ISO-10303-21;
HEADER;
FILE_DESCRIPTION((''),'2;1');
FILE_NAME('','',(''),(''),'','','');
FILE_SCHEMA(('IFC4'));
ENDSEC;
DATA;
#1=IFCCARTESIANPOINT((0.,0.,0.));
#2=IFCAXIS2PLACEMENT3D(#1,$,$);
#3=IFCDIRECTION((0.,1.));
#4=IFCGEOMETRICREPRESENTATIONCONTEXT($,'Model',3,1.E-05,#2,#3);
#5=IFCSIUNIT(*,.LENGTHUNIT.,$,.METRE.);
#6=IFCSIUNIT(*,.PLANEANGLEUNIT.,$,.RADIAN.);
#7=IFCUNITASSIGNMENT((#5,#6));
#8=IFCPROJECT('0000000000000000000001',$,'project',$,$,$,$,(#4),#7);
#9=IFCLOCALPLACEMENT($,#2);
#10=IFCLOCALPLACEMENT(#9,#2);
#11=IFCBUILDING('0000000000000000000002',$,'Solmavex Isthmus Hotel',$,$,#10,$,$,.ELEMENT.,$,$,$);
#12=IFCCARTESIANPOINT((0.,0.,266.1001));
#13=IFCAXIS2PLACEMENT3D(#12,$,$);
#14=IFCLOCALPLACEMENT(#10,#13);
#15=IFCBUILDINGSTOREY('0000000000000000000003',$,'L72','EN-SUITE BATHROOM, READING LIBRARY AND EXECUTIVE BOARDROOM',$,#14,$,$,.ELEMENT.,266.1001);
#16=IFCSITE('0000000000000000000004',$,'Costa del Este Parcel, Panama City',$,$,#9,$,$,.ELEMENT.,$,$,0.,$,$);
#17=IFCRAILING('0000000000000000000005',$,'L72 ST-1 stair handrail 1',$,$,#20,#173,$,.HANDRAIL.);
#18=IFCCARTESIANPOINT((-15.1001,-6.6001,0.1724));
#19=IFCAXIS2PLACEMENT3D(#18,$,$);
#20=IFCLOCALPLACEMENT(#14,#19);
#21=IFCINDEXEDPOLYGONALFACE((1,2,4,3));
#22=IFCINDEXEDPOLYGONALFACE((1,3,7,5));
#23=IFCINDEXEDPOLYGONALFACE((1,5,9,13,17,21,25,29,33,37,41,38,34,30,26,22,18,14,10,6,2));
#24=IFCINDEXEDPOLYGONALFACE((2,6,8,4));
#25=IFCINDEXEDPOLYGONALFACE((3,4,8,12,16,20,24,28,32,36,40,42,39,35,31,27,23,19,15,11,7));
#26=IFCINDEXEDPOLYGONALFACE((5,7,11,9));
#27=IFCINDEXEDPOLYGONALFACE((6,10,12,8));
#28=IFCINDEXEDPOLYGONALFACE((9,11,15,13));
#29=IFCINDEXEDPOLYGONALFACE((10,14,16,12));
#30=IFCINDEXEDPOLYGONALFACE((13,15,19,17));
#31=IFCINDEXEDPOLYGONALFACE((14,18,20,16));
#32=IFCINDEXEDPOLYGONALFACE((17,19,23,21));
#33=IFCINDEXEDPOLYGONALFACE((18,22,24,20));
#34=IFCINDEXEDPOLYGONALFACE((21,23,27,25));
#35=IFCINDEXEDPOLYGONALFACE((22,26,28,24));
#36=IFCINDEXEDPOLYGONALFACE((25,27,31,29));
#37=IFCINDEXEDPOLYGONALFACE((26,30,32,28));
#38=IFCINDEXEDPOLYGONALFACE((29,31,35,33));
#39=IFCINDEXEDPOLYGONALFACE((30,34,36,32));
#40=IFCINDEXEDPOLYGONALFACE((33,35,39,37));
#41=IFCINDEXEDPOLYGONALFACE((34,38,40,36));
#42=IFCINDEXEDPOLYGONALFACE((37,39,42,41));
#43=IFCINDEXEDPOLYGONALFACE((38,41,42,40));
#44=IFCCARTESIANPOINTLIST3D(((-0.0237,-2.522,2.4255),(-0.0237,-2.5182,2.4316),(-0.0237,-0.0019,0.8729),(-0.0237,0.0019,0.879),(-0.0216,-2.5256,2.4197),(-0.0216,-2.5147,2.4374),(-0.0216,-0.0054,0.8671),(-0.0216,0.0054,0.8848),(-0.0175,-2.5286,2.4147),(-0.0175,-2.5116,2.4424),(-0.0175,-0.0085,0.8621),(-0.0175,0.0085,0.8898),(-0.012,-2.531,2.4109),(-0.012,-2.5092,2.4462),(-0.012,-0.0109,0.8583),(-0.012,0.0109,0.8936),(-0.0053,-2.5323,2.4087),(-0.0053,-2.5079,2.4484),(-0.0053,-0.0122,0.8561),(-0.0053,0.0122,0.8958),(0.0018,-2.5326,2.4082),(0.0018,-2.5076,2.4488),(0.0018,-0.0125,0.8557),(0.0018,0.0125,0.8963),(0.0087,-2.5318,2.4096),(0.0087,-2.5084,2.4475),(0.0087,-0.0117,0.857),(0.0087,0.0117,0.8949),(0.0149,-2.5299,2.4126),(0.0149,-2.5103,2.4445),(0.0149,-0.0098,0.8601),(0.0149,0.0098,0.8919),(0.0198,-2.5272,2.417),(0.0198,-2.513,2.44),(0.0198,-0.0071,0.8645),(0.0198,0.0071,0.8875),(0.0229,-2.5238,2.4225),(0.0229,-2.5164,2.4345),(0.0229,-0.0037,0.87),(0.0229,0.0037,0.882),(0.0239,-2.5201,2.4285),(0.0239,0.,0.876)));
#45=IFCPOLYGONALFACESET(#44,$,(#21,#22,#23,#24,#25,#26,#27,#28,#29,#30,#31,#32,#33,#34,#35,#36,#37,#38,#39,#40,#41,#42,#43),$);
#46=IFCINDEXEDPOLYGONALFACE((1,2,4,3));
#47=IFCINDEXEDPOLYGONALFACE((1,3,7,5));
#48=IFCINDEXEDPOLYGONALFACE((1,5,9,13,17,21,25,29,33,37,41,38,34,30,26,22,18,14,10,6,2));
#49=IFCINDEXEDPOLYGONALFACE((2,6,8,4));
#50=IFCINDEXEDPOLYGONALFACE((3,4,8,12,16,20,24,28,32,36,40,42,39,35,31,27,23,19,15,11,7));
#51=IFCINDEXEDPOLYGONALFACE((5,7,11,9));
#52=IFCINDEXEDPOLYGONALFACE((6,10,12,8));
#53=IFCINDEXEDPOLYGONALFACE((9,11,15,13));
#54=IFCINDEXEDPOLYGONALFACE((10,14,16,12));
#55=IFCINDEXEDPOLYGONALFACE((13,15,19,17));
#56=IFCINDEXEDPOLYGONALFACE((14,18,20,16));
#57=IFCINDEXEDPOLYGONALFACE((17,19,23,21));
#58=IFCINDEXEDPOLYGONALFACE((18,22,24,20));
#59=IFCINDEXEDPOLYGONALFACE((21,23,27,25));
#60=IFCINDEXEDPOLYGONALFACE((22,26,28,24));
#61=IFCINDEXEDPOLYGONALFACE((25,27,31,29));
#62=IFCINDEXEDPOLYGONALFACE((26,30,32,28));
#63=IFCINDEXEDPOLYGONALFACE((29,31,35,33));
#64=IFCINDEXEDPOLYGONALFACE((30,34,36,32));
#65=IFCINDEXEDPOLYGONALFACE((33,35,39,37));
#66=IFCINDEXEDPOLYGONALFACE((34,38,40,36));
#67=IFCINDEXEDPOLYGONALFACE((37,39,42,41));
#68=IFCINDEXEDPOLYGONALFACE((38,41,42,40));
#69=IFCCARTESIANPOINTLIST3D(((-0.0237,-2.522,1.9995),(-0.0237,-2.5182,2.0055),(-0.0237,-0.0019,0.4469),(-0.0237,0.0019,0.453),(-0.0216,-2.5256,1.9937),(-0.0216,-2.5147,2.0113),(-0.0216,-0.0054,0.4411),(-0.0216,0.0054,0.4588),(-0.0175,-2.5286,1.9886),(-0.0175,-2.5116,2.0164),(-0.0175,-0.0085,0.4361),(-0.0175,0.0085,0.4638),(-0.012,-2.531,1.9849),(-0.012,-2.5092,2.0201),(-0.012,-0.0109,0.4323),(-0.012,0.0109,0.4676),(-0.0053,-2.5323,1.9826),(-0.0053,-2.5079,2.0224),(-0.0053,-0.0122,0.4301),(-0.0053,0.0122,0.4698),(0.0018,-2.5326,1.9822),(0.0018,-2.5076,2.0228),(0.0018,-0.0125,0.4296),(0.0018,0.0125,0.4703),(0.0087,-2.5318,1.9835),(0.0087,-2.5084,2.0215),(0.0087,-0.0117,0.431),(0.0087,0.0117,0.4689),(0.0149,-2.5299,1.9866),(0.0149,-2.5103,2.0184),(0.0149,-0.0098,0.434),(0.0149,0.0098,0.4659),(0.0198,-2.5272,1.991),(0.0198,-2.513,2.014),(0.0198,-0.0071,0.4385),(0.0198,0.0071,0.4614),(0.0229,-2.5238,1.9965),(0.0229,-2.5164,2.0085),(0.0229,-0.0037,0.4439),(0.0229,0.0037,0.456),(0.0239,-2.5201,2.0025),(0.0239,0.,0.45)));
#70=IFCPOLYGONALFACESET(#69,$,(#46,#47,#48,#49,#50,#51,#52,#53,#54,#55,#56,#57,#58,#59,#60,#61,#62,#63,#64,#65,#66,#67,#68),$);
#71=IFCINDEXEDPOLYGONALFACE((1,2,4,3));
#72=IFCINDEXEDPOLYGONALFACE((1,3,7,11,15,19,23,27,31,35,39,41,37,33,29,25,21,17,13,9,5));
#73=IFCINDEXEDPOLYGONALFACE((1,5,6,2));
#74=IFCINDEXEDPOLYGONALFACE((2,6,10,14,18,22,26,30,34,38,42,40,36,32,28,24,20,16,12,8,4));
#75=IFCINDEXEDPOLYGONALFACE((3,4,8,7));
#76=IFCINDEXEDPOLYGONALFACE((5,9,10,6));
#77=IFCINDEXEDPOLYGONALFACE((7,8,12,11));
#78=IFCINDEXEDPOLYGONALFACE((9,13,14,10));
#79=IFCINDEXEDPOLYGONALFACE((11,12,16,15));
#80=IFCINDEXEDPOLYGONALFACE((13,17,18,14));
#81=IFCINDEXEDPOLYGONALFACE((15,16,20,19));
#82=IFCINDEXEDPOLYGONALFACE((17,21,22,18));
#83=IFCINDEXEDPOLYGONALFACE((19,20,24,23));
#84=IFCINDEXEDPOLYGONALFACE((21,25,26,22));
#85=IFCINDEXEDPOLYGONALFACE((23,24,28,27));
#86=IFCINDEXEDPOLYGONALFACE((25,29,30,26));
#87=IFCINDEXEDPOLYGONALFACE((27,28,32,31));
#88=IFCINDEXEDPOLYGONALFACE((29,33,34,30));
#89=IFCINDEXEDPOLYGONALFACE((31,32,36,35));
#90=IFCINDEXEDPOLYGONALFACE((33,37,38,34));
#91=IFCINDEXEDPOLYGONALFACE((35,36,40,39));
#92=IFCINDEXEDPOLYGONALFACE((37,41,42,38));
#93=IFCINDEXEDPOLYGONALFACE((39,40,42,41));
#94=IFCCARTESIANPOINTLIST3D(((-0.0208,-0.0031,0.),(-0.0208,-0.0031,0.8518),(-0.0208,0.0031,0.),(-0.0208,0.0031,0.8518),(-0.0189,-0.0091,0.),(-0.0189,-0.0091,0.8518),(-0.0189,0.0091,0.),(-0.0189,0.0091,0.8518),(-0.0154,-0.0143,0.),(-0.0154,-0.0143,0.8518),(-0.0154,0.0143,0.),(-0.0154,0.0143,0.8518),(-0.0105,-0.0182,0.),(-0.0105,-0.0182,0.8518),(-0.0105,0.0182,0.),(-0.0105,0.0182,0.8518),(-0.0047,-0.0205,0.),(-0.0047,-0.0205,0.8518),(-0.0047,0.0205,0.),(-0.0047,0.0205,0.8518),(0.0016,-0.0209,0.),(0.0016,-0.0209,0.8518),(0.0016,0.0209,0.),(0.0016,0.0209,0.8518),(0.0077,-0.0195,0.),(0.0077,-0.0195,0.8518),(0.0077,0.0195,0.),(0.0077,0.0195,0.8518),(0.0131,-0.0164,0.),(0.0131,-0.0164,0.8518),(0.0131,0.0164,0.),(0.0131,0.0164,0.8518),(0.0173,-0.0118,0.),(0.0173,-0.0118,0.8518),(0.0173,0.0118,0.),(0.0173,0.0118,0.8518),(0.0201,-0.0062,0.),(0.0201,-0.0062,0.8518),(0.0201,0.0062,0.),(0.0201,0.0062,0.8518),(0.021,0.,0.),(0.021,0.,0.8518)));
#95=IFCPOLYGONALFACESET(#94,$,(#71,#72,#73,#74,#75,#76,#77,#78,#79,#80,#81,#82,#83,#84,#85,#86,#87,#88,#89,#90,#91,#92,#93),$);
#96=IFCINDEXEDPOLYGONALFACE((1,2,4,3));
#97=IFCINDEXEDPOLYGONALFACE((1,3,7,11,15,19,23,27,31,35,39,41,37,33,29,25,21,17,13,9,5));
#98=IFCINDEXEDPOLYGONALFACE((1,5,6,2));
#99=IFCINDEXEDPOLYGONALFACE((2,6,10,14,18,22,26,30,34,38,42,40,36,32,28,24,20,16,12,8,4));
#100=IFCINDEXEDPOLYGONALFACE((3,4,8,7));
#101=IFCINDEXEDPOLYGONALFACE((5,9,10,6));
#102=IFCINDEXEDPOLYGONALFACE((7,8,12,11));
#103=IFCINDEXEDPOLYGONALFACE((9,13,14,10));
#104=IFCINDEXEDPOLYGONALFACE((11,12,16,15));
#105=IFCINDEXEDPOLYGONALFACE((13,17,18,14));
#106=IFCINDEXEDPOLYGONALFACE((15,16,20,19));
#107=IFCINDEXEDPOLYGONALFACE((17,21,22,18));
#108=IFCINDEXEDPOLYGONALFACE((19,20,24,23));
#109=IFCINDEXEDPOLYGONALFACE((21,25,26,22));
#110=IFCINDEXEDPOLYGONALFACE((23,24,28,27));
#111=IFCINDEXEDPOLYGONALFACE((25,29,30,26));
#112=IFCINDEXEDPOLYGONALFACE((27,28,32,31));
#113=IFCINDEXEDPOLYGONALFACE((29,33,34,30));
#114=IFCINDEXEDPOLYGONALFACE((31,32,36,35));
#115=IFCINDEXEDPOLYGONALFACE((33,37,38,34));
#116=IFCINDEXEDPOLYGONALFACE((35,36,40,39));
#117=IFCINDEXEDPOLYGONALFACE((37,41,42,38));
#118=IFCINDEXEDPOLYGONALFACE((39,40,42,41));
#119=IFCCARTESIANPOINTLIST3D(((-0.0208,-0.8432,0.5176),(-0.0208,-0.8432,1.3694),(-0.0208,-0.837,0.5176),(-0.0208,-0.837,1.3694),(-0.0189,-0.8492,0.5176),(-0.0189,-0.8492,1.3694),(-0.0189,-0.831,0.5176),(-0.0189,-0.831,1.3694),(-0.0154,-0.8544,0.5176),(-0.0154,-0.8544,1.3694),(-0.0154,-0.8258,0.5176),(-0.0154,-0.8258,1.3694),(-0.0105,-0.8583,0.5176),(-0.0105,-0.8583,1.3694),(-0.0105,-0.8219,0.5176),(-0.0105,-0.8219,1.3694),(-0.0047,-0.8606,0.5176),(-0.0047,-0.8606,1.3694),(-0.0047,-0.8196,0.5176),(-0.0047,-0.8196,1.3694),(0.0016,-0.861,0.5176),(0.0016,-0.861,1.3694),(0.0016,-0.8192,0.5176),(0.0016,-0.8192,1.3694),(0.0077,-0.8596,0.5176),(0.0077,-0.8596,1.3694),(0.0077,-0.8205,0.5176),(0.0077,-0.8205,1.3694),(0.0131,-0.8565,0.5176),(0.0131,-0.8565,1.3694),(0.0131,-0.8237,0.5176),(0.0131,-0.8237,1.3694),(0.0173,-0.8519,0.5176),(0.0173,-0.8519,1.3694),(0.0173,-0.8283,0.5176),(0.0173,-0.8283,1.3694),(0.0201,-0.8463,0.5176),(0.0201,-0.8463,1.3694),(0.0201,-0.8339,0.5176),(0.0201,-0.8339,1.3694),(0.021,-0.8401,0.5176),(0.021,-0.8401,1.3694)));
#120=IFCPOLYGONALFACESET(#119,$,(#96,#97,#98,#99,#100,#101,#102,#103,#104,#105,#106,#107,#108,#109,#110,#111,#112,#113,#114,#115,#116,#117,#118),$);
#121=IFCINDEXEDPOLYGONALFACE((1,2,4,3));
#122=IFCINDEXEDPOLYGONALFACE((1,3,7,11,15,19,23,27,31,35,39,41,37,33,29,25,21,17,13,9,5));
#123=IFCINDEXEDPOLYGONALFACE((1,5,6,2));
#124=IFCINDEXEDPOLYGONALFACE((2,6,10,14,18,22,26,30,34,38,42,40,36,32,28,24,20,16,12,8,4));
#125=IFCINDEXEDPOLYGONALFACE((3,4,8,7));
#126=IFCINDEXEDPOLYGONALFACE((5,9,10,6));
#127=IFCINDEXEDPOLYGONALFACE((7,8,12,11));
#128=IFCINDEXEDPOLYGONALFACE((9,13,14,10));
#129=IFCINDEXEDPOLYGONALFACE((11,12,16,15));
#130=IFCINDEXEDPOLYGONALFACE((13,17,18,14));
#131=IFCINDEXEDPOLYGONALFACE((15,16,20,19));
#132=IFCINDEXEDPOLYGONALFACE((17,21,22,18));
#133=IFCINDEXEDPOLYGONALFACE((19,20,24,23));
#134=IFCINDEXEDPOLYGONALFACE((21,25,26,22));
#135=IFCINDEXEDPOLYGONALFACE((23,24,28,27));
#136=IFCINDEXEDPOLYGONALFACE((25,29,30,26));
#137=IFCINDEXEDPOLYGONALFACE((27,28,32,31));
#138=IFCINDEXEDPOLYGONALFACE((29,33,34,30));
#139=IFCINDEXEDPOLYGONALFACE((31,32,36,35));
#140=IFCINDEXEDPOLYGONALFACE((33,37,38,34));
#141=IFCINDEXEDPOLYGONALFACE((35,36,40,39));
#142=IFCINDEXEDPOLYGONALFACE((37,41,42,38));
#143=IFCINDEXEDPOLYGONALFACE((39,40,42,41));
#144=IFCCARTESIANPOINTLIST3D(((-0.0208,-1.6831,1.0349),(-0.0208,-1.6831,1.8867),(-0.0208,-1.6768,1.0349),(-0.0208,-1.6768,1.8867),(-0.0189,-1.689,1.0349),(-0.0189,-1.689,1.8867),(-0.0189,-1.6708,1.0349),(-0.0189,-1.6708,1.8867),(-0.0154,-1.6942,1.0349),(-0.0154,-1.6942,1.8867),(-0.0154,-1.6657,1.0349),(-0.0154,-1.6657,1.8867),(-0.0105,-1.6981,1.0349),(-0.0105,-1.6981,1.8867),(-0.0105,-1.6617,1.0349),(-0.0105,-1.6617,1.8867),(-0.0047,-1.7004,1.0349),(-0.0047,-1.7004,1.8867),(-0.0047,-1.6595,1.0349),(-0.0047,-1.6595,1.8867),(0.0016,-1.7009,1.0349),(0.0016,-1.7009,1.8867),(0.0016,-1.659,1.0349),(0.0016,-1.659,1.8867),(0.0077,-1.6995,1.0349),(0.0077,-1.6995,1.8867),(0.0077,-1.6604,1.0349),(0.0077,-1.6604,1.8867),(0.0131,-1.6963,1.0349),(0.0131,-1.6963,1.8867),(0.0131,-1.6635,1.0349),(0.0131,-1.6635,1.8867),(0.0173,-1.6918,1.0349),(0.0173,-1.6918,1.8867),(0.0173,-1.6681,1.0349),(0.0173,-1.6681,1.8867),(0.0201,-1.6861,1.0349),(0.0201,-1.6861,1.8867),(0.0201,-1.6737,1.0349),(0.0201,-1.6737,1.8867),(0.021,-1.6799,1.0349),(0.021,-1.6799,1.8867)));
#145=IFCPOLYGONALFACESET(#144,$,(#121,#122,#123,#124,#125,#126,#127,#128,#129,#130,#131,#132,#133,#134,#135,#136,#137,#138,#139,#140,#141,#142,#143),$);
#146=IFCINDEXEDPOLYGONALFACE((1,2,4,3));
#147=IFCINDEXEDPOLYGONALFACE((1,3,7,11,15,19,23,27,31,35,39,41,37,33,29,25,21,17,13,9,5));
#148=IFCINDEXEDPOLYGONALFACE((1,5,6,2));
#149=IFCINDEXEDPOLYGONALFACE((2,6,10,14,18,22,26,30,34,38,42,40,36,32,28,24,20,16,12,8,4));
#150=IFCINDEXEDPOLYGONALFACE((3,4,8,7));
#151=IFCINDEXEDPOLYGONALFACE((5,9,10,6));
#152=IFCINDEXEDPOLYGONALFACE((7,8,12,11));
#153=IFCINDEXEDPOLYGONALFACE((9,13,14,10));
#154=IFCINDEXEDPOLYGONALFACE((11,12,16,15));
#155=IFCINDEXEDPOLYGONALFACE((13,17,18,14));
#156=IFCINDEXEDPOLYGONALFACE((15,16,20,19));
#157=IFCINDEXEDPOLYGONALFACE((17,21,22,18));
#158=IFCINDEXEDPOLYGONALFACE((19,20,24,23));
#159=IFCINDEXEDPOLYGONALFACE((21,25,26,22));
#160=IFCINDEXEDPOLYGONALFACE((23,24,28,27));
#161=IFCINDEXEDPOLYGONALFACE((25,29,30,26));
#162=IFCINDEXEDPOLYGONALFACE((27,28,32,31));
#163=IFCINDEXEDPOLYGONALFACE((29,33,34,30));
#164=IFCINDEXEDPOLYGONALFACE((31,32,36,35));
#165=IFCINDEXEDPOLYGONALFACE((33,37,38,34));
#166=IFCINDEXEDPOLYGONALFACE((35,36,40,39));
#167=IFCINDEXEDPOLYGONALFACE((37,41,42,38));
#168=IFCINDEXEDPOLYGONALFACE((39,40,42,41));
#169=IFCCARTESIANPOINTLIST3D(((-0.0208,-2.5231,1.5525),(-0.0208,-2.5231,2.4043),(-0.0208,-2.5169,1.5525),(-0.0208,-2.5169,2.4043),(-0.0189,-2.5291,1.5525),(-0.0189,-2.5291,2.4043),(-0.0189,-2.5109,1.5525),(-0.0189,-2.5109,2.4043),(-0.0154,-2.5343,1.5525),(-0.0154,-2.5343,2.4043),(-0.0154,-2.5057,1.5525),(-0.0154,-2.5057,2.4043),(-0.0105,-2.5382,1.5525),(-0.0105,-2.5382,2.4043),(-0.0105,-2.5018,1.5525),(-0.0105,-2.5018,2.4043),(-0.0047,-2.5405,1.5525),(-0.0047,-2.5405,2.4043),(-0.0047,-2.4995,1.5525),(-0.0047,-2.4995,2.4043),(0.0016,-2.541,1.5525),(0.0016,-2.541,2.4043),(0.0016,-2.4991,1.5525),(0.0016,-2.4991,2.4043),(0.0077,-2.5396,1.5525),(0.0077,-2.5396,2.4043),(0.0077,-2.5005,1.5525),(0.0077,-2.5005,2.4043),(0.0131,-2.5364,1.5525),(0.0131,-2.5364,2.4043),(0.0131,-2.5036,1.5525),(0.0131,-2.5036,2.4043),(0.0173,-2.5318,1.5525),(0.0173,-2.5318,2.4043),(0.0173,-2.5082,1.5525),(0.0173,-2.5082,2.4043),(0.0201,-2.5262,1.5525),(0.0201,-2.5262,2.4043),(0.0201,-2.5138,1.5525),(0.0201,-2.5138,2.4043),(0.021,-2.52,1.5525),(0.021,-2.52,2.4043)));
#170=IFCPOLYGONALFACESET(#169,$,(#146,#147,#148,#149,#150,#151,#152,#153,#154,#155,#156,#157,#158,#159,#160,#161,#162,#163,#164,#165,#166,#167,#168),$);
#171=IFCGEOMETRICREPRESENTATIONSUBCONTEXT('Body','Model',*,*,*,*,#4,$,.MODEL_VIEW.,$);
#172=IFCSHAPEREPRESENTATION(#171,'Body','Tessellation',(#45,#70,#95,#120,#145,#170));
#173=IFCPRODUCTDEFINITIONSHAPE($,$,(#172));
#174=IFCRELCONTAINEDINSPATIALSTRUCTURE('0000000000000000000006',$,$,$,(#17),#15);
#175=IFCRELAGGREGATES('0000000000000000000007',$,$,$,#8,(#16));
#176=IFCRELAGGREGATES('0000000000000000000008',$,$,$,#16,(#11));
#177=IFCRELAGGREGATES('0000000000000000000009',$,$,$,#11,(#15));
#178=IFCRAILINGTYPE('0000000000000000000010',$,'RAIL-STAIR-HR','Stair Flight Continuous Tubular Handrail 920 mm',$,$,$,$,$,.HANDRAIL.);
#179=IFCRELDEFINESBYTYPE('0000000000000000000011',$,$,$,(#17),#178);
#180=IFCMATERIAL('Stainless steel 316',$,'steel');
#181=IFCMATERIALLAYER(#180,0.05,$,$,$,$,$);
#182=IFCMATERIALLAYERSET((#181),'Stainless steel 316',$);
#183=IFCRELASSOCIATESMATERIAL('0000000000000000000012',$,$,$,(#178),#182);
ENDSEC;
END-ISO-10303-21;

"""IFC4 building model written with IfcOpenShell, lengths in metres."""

from ifc_helpers import new_model, si_unit, direction, frame, origin, origin_2d, place, context, subcontext, project, spatial, circle, extrude, material, layer, layer_set, type_object, element, save


model = new_model("IFC4")

# Units and contexts
model_context = context("Model", 3, precision=1e-05, world=origin(), true_north=direction((0.0, 1.0)))
body_context = subcontext(model_context, "Body", "Model", "MODEL_VIEW")
ifc_project = project(units=[si_unit("LENGTHUNIT", "METRE"), si_unit("PLANEANGLEUNIT", "RADIAN")], contexts=[model_context])

# Site, building, storey
site_placement = place(None, origin())
site = spatial("IfcSite", under=ifc_project, at=site_placement, Name="Costa del Este Parcel, Panama City", CompositionType="ELEMENT", RefElevation=0.0)
building_placement = place(site_placement, origin())
building = spatial("IfcBuilding", under=site, at=building_placement, Name="Solmavex Isthmus Hotel", CompositionType="ELEMENT")
storey_placement = place(building_placement, frame((0.0, 0.0, 266.1001)))
storey = spatial("IfcBuildingStorey", under=building, at=storey_placement, Name="L72", Description="EN-SUITE BATHROOM, READING LIBRARY AND EXECUTIVE BOARDROOM", CompositionType="ELEMENT", Elevation=266.1001)

# Shared definitions
ifc_material_1 = material(Name="Stainless steel 316", Category="steel")

# Railing
ifc_layer_1 = layer(ifc_material_1, 0.05)
ifc_layer_set_1 = layer_set([ifc_layer_1], Name="Stainless steel 316")
railing_type_1 = type_object("IfcRailingType", Name="RAIL-STAIR-HR", Description="Stair Flight Continuous Tubular Handrail 920 mm", PredefinedType="HANDRAIL", material=ifc_layer_set_1)
railing_1_placement = place(storey_placement, frame((-15.1001, -6.6001, 0.1724)))
element("IfcRailing", 1, at=railing_1_placement, inside=storey, type_object=railing_type_1, Name="L72 ST-1 stair handrail 1", PredefinedType="HANDRAIL", context=body_context, shape_type="SweptSolid", body=[
    extrude(circle(Radius=0.0239, at=origin_2d()), frame((0.0, 0.0, 0.876), z_axis=(0.0, -0.8514, 0.524516), x_axis=(1.0, 0.0, 0.0)), (0.0, 0.0, 1.0), 2.96),
    extrude(circle(Radius=0.0239, at=origin_2d()), frame((0.0, 0.0, 0.45), z_axis=(0.0, -0.8514, 0.524516), x_axis=(1.0, 0.0, 0.0)), (0.0, 0.0, 1.0), 2.96),
    extrude(circle(Radius=0.021, at=origin_2d()), origin(), (0.0, 0.0, 1.0), 0.8518),
    extrude(circle(Radius=0.021, at=origin_2d()), frame((0.0, -0.8401, 0.5176)), (0.0, 0.0, 1.0), 0.8518),
    extrude(circle(Radius=0.021, at=origin_2d()), frame((0.0, -1.6799, 1.0349)), (0.0, 0.0, 1.0), 0.8518),
    extrude(circle(Radius=0.021, at=origin_2d()), frame((0.0, -2.52, 1.5525)), (0.0, 0.0, 1.0), 0.8518),
])

save(model, "model.ifc")
